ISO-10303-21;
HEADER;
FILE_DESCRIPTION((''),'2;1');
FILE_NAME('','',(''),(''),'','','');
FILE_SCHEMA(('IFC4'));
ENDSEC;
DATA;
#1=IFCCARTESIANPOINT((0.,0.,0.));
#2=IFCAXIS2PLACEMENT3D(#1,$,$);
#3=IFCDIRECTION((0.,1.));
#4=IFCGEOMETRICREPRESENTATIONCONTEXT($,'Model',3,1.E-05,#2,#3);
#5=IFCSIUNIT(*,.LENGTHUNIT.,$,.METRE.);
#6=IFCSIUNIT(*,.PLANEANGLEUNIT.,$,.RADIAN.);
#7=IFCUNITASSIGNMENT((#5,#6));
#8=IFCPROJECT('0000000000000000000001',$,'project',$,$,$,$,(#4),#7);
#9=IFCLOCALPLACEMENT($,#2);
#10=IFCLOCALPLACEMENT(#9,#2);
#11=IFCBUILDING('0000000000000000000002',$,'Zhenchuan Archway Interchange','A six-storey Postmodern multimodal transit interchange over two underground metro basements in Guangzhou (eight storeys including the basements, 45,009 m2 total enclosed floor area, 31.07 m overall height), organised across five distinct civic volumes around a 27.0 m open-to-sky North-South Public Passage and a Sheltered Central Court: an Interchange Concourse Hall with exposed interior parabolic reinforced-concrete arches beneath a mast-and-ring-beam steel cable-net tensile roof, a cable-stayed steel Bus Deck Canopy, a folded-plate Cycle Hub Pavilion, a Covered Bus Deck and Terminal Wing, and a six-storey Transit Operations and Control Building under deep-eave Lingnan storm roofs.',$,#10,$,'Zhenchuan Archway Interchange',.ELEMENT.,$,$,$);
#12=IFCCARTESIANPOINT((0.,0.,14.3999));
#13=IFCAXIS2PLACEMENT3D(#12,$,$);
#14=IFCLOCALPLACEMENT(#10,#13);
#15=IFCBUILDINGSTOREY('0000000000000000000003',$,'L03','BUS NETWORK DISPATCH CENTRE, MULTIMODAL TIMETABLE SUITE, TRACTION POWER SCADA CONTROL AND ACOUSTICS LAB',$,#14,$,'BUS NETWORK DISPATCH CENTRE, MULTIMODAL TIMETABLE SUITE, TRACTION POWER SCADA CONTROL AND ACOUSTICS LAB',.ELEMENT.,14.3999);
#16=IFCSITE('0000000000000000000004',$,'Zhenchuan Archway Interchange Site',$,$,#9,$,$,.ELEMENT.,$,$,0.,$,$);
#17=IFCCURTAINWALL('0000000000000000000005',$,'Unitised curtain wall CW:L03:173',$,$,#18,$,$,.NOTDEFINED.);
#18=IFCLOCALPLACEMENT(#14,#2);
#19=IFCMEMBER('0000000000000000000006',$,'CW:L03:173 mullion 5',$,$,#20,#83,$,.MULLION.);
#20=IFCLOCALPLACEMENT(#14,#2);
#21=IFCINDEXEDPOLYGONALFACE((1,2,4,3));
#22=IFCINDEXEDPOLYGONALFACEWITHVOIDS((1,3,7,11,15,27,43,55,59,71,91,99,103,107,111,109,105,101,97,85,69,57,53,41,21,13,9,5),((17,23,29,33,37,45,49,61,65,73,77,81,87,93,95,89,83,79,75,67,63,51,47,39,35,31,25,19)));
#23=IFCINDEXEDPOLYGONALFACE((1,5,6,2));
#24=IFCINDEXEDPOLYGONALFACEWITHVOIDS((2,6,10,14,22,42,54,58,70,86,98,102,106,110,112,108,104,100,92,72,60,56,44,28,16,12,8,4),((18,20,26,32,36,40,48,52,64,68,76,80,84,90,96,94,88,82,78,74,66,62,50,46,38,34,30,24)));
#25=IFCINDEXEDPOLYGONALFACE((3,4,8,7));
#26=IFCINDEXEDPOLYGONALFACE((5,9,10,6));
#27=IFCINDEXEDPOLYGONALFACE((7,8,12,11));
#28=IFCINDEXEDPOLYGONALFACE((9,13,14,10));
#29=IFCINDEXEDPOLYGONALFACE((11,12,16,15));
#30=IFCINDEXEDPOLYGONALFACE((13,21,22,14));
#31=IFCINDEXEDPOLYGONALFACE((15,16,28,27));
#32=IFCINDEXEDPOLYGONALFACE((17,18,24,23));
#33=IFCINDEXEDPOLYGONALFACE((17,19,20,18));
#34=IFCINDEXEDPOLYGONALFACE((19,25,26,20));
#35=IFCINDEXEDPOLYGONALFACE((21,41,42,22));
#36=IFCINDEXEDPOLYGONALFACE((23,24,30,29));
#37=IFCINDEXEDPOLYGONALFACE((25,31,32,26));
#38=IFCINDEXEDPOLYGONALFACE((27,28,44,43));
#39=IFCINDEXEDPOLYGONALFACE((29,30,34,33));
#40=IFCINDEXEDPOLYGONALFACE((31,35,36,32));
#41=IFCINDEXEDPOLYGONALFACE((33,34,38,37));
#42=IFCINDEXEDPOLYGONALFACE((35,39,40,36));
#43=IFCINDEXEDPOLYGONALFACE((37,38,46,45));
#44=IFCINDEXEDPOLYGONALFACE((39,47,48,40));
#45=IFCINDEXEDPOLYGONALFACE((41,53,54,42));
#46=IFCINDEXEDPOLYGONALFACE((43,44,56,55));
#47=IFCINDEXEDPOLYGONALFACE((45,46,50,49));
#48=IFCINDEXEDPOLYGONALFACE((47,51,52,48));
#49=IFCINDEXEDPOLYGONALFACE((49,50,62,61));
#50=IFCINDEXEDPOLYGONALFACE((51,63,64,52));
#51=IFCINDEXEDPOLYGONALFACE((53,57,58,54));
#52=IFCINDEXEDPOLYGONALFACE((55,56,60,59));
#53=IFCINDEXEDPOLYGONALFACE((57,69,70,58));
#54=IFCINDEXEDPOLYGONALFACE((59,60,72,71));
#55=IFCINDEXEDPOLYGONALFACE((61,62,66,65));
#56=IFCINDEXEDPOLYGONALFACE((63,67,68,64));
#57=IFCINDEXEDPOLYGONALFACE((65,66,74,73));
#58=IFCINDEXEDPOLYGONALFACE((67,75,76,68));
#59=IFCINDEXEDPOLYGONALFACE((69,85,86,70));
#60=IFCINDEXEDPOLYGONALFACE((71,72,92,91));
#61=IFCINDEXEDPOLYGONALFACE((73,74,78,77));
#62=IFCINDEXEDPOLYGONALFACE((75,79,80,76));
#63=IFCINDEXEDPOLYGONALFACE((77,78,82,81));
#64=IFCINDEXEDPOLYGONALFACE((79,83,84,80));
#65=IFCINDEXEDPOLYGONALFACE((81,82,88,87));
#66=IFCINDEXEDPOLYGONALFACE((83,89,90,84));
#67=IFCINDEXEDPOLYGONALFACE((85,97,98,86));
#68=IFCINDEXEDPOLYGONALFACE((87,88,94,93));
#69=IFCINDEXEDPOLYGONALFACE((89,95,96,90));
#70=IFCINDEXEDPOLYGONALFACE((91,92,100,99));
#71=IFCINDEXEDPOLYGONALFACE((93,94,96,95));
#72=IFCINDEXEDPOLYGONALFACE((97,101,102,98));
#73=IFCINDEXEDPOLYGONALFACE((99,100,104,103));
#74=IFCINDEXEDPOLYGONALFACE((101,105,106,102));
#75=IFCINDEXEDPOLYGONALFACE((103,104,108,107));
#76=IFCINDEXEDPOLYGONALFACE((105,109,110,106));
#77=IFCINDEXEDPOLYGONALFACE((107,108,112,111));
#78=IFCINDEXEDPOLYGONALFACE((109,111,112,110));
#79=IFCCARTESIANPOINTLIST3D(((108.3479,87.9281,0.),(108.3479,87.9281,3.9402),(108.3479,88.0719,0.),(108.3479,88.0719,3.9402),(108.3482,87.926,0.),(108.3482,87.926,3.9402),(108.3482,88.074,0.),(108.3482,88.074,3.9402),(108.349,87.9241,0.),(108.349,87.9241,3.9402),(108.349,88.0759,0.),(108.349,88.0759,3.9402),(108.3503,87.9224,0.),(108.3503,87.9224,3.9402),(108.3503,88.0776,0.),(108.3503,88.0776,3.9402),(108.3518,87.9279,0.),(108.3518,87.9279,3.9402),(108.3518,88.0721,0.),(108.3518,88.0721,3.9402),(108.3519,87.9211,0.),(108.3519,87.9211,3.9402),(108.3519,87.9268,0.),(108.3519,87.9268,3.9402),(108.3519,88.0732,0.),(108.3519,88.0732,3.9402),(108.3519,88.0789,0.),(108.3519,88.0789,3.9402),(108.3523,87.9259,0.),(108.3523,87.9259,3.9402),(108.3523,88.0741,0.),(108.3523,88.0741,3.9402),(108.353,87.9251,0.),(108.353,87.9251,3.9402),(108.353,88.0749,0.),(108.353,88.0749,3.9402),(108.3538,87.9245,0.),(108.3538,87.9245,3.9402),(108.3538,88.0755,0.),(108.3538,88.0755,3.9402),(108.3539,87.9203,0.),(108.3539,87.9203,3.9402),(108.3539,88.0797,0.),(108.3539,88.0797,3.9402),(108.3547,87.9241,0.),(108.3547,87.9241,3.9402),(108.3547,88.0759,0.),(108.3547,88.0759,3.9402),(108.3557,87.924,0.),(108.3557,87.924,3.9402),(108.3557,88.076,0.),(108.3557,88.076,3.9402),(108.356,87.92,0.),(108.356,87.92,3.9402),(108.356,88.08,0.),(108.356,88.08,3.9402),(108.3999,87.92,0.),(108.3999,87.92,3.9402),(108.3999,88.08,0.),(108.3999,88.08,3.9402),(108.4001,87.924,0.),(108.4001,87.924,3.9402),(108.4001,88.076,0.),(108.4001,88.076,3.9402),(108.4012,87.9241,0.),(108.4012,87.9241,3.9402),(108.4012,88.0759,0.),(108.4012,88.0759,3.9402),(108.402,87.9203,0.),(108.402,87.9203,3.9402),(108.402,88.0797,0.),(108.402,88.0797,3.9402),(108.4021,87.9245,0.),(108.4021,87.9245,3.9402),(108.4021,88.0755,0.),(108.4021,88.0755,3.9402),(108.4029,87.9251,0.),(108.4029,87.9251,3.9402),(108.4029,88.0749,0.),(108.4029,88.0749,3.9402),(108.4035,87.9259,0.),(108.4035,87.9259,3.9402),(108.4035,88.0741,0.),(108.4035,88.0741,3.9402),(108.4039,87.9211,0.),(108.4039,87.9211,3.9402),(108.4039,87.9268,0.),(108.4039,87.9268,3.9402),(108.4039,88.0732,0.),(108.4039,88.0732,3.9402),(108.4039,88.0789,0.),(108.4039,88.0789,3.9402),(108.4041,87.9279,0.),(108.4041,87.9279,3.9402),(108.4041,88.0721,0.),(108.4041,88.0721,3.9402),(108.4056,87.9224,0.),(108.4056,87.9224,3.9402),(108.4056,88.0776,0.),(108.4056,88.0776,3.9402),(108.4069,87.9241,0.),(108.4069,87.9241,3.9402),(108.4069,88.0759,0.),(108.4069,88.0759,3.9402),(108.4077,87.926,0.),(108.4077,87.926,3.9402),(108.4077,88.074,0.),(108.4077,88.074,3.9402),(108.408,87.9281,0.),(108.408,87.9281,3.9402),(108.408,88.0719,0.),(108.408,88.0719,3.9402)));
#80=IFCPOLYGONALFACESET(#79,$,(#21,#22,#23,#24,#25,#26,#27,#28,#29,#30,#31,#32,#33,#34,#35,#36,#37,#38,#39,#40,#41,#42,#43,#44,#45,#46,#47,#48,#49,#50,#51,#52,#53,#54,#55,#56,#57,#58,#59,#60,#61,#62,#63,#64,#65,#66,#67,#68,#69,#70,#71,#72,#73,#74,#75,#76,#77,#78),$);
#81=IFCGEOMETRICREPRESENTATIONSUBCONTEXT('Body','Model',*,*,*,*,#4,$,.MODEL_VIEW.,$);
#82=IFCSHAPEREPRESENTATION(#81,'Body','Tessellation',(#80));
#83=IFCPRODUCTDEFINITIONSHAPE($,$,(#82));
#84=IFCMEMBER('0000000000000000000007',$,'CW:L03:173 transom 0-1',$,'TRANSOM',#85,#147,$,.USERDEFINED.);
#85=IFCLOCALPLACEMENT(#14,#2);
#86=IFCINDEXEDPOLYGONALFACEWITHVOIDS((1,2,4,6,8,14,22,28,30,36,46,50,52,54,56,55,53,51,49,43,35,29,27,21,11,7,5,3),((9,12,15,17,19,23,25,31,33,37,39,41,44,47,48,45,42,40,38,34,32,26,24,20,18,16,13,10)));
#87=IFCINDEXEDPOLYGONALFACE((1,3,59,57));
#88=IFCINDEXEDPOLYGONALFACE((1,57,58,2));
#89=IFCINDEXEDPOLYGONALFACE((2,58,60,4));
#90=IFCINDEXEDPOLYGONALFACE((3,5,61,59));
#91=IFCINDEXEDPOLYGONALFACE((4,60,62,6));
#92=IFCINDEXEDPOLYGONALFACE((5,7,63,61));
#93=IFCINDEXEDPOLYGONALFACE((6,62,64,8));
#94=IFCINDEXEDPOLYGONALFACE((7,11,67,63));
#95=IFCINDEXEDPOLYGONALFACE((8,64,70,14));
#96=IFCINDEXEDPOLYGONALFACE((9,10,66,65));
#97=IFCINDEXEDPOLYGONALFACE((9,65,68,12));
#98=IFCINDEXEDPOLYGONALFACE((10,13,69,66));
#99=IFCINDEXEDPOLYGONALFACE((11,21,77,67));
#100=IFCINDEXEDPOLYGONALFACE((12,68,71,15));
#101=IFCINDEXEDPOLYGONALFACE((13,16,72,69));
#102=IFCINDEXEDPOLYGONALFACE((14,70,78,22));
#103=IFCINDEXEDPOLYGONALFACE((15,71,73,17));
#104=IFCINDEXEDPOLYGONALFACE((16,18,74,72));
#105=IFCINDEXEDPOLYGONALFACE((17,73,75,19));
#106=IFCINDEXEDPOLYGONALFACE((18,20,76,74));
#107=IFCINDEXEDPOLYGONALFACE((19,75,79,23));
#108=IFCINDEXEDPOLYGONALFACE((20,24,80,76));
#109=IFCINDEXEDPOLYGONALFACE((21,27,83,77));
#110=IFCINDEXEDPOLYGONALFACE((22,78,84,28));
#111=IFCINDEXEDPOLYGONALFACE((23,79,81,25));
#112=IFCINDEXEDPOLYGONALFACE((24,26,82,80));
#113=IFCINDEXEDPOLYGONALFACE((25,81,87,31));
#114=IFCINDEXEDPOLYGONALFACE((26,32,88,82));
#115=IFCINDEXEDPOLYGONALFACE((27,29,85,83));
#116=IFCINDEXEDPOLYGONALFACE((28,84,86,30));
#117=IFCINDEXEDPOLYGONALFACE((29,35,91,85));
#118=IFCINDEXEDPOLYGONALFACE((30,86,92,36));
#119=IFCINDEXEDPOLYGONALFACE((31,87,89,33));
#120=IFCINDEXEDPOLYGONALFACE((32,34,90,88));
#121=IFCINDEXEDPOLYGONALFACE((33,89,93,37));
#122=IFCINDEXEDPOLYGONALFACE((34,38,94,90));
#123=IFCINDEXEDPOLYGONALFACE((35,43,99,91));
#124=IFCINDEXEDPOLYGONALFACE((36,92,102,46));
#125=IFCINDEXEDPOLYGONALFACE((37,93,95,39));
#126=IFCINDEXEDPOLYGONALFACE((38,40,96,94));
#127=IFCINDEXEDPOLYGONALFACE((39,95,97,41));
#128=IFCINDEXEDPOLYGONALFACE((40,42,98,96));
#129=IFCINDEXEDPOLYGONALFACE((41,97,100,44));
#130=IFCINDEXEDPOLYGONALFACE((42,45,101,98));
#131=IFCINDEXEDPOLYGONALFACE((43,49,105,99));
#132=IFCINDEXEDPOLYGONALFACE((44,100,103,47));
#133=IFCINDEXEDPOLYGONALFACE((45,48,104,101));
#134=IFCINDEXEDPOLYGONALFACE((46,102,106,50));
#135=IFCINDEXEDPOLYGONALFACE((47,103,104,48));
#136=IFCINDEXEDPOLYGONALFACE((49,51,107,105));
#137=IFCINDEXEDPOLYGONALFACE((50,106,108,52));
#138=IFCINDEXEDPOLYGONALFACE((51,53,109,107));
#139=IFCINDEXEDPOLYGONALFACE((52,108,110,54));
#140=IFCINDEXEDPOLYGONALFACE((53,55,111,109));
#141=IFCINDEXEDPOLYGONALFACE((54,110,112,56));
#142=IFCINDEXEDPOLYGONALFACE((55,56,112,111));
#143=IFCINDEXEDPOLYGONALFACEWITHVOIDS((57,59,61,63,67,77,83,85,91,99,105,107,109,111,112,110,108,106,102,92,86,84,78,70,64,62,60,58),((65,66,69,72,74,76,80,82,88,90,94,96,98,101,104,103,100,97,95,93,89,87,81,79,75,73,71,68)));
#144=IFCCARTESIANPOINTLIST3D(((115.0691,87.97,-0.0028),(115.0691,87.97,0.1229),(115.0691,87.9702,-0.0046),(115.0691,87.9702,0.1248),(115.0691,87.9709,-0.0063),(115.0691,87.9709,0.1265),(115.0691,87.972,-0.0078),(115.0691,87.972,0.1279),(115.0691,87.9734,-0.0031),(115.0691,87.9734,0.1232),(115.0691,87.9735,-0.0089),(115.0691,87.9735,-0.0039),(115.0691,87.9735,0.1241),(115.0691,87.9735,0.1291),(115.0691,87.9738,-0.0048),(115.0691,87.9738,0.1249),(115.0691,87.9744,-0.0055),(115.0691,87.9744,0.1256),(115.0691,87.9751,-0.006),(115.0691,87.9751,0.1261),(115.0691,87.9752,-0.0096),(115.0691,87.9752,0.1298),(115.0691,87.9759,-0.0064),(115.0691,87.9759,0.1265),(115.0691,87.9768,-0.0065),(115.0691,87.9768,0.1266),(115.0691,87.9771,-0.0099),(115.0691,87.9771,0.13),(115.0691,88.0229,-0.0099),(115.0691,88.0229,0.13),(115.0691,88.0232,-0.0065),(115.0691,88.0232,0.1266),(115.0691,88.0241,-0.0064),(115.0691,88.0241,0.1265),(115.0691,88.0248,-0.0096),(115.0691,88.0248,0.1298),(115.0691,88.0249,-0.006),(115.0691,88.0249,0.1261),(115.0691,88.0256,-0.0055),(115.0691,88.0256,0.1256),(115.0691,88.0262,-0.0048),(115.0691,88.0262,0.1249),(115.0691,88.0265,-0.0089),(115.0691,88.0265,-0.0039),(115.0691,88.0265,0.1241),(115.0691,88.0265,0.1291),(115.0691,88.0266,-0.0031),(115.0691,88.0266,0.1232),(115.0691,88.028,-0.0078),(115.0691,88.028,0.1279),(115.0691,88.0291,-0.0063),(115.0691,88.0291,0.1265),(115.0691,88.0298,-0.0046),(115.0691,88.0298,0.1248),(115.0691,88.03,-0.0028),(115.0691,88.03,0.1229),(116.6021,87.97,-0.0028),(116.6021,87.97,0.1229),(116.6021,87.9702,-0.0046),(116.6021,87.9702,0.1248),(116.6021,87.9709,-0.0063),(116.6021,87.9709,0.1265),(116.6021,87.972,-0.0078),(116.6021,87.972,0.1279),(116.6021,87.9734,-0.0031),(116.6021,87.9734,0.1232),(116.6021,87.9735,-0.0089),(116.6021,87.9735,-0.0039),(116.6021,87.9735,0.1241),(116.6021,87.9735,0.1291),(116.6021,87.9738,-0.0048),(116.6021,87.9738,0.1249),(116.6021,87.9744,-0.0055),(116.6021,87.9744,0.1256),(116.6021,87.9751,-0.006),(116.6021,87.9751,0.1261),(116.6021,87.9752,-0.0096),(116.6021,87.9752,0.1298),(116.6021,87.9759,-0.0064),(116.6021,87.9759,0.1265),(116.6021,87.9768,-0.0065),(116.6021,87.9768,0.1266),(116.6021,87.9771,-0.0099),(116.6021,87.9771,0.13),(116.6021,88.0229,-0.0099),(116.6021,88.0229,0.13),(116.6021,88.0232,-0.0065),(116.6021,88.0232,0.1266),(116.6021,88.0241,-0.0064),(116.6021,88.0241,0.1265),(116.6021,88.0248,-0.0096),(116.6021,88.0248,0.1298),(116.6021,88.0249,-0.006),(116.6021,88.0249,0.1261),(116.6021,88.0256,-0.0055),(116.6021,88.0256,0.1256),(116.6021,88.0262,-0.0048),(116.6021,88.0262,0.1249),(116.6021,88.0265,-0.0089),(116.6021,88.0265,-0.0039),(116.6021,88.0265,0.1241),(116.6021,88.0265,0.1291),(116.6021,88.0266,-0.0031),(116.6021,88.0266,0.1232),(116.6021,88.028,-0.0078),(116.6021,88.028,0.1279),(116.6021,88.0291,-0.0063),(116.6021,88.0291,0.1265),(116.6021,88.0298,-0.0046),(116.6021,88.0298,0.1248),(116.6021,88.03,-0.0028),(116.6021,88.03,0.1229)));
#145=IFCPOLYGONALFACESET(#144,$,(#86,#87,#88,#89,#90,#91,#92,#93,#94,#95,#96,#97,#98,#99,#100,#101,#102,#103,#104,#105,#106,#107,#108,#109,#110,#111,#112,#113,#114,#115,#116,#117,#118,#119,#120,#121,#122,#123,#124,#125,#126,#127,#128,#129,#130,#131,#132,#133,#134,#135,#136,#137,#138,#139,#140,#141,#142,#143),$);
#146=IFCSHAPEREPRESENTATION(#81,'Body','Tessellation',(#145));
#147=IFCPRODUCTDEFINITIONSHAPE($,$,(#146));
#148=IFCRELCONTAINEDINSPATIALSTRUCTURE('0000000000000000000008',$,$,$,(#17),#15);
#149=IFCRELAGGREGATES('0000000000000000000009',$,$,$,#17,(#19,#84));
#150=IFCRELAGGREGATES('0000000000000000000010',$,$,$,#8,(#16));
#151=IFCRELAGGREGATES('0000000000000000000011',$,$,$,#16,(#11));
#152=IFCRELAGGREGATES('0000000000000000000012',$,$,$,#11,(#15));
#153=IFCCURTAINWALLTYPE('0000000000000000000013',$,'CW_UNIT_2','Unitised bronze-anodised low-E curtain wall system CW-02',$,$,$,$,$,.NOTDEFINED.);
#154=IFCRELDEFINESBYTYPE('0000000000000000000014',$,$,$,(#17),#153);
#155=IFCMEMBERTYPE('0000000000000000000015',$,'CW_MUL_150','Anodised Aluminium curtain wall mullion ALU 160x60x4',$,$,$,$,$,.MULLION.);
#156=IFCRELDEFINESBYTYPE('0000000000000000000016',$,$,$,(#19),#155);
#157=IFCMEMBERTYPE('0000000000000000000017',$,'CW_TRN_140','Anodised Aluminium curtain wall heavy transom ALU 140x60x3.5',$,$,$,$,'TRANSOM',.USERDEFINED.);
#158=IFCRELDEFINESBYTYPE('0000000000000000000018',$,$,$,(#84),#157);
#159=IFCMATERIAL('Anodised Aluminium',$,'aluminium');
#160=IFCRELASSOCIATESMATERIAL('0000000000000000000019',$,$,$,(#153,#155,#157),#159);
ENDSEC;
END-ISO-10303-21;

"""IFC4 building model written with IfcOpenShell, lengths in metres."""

from ifc_helpers import new_model, si_unit, direction, frame, origin, origin_2d, place, context, subcontext, project, spatial, hollow_rectangle, extrude, material, material_profile, profile_set, type_object, element, aggregate, save


model = new_model("IFC4")

# Units and contexts
model_context = context("Model", 3, precision=1e-05, world=origin(), true_north=direction((0.0, 1.0)))
body_context = subcontext(model_context, "Body", "Model", "MODEL_VIEW")
ifc_project = project(units=[si_unit("LENGTHUNIT", "METRE"), si_unit("PLANEANGLEUNIT", "RADIAN")], contexts=[model_context])

# Site, building, storey
site_placement = place(None, origin())
site = spatial("IfcSite", under=ifc_project, at=site_placement, Name="Zhenchuan Archway Interchange Site", CompositionType="ELEMENT", RefElevation=0.0)
building_placement = place(site_placement, origin())
building = spatial("IfcBuilding", under=site, at=building_placement, Name="Zhenchuan Archway Interchange", Description="A six-storey Postmodern multimodal transit interchange over two underground metro basements in Guangzhou (eight storeys including the basements, 45,009 m2 total enclosed floor area, 31.07 m overall height), organised across five distinct civic volumes around a 27.0 m open-to-sky North-South Public Passage and a Sheltered Central Court: an Interchange Concourse Hall with exposed interior parabolic reinforced-concrete arches beneath a mast-and-ring-beam steel cable-net tensile roof, a cable-stayed steel Bus Deck Canopy, a folded-plate Cycle Hub Pavilion, a Covered Bus Deck and Terminal Wing, and a six-storey Transit Operations and Control Building under deep-eave Lingnan storm roofs.", LongName="Zhenchuan Archway Interchange", CompositionType="ELEMENT")
storey_placement = place(building_placement, frame((0.0, 0.0, 14.3999)))
storey = spatial("IfcBuildingStorey", under=building, at=storey_placement, Name="L03", Description="BUS NETWORK DISPATCH CENTRE, MULTIMODAL TIMETABLE SUITE, TRACTION POWER SCADA CONTROL AND ACOUSTICS LAB", LongName="BUS NETWORK DISPATCH CENTRE, MULTIMODAL TIMETABLE SUITE, TRACTION POWER SCADA CONTROL AND ACOUSTICS LAB", CompositionType="ELEMENT", Elevation=14.3999)

# Curtain wall, members
ifc_material_1 = material(Name="Anodised Aluminium", Category="aluminium")
curtain_wall_type = type_object("IfcCurtainWallType", Name="CW_UNIT_2", Description="Unitised bronze-anodised low-E curtain wall system CW-02", PredefinedType="NOTDEFINED", material=ifc_material_1)
curtain_wall_placement = place(storey_placement, origin())
curtain_wall = element("IfcCurtainWall", 1, at=curtain_wall_placement, inside=storey, type_object=curtain_wall_type, Name="Unitised curtain wall CW:L03:173", PredefinedType="NOTDEFINED")
ifc_material_profile_1 = material_profile(ifc_material_1, hollow_rectangle(XDim=0.0601, YDim=0.1599, WallThickness=0.0039, InnerFilletRadius=0.0039, OuterFilletRadius=0.0081, at=origin_2d()), Name="ALU 160x60x4")
ifc_profile_set_1 = profile_set([ifc_material_profile_1], Name="Anodised Aluminium")
member_type_1 = type_object("IfcMemberType", Name="CW_MUL_150", Description="Anodised Aluminium curtain wall mullion ALU 160x60x4", PredefinedType="MULLION", material=ifc_profile_set_1)
member_1_placement = place(storey_placement, frame((108.3779, 88.0, 0.0), z_axis=(0.0, 0.0, 1.0), x_axis=(1.0, 0.0, 0.0)))
member_1 = element("IfcMember", 2, at=member_1_placement, type_object=member_type_1, Name="CW:L03:173 mullion 5", PredefinedType="MULLION", context=body_context, shape_type="SweptSolid", body=[
    extrude(hollow_rectangle(XDim=0.0601, YDim=0.1599, WallThickness=0.0039, InnerFilletRadius=0.0039, OuterFilletRadius=0.0081, at=origin_2d()), origin(), (0.0, 0.0, 1.0), 3.9402),
])
ifc_material_profile_2 = material_profile(ifc_material_1, hollow_rectangle(XDim=0.0601, YDim=0.1399, WallThickness=0.0034, InnerFilletRadius=0.0034, OuterFilletRadius=0.0071, at=origin_2d()), Name="ALU 140x60x3.5")
ifc_profile_set_2 = profile_set([ifc_material_profile_2], Name="Anodised Aluminium")
member_type_2 = type_object("IfcMemberType", Name="CW_TRN_140", Description="Anodised Aluminium curtain wall heavy transom ALU 140x60x3.5", ElementType="TRANSOM", PredefinedType="USERDEFINED", material=ifc_profile_set_2)
member_2_placement = place(storey_placement, frame((116.6021, 88.0, 0.0601), z_axis=(-1.0, 0.0, 0.0), x_axis=(0.0, -1.0, 0.0)))
member_2 = element("IfcMember", 3, at=member_2_placement, type_object=member_type_2, Name="CW:L03:173 transom 0-1", ObjectType="TRANSOM", PredefinedType="USERDEFINED", context=body_context, shape_type="SweptSolid", body=[
    extrude(hollow_rectangle(XDim=0.0601, YDim=0.1399, WallThickness=0.0034, InnerFilletRadius=0.0034, OuterFilletRadius=0.0071, at=origin_2d()), origin(), (0.0, 0.0, 1.0), 1.533),
])

aggregate(curtain_wall, [member_1, member_2])

save(model, "model.ifc")
